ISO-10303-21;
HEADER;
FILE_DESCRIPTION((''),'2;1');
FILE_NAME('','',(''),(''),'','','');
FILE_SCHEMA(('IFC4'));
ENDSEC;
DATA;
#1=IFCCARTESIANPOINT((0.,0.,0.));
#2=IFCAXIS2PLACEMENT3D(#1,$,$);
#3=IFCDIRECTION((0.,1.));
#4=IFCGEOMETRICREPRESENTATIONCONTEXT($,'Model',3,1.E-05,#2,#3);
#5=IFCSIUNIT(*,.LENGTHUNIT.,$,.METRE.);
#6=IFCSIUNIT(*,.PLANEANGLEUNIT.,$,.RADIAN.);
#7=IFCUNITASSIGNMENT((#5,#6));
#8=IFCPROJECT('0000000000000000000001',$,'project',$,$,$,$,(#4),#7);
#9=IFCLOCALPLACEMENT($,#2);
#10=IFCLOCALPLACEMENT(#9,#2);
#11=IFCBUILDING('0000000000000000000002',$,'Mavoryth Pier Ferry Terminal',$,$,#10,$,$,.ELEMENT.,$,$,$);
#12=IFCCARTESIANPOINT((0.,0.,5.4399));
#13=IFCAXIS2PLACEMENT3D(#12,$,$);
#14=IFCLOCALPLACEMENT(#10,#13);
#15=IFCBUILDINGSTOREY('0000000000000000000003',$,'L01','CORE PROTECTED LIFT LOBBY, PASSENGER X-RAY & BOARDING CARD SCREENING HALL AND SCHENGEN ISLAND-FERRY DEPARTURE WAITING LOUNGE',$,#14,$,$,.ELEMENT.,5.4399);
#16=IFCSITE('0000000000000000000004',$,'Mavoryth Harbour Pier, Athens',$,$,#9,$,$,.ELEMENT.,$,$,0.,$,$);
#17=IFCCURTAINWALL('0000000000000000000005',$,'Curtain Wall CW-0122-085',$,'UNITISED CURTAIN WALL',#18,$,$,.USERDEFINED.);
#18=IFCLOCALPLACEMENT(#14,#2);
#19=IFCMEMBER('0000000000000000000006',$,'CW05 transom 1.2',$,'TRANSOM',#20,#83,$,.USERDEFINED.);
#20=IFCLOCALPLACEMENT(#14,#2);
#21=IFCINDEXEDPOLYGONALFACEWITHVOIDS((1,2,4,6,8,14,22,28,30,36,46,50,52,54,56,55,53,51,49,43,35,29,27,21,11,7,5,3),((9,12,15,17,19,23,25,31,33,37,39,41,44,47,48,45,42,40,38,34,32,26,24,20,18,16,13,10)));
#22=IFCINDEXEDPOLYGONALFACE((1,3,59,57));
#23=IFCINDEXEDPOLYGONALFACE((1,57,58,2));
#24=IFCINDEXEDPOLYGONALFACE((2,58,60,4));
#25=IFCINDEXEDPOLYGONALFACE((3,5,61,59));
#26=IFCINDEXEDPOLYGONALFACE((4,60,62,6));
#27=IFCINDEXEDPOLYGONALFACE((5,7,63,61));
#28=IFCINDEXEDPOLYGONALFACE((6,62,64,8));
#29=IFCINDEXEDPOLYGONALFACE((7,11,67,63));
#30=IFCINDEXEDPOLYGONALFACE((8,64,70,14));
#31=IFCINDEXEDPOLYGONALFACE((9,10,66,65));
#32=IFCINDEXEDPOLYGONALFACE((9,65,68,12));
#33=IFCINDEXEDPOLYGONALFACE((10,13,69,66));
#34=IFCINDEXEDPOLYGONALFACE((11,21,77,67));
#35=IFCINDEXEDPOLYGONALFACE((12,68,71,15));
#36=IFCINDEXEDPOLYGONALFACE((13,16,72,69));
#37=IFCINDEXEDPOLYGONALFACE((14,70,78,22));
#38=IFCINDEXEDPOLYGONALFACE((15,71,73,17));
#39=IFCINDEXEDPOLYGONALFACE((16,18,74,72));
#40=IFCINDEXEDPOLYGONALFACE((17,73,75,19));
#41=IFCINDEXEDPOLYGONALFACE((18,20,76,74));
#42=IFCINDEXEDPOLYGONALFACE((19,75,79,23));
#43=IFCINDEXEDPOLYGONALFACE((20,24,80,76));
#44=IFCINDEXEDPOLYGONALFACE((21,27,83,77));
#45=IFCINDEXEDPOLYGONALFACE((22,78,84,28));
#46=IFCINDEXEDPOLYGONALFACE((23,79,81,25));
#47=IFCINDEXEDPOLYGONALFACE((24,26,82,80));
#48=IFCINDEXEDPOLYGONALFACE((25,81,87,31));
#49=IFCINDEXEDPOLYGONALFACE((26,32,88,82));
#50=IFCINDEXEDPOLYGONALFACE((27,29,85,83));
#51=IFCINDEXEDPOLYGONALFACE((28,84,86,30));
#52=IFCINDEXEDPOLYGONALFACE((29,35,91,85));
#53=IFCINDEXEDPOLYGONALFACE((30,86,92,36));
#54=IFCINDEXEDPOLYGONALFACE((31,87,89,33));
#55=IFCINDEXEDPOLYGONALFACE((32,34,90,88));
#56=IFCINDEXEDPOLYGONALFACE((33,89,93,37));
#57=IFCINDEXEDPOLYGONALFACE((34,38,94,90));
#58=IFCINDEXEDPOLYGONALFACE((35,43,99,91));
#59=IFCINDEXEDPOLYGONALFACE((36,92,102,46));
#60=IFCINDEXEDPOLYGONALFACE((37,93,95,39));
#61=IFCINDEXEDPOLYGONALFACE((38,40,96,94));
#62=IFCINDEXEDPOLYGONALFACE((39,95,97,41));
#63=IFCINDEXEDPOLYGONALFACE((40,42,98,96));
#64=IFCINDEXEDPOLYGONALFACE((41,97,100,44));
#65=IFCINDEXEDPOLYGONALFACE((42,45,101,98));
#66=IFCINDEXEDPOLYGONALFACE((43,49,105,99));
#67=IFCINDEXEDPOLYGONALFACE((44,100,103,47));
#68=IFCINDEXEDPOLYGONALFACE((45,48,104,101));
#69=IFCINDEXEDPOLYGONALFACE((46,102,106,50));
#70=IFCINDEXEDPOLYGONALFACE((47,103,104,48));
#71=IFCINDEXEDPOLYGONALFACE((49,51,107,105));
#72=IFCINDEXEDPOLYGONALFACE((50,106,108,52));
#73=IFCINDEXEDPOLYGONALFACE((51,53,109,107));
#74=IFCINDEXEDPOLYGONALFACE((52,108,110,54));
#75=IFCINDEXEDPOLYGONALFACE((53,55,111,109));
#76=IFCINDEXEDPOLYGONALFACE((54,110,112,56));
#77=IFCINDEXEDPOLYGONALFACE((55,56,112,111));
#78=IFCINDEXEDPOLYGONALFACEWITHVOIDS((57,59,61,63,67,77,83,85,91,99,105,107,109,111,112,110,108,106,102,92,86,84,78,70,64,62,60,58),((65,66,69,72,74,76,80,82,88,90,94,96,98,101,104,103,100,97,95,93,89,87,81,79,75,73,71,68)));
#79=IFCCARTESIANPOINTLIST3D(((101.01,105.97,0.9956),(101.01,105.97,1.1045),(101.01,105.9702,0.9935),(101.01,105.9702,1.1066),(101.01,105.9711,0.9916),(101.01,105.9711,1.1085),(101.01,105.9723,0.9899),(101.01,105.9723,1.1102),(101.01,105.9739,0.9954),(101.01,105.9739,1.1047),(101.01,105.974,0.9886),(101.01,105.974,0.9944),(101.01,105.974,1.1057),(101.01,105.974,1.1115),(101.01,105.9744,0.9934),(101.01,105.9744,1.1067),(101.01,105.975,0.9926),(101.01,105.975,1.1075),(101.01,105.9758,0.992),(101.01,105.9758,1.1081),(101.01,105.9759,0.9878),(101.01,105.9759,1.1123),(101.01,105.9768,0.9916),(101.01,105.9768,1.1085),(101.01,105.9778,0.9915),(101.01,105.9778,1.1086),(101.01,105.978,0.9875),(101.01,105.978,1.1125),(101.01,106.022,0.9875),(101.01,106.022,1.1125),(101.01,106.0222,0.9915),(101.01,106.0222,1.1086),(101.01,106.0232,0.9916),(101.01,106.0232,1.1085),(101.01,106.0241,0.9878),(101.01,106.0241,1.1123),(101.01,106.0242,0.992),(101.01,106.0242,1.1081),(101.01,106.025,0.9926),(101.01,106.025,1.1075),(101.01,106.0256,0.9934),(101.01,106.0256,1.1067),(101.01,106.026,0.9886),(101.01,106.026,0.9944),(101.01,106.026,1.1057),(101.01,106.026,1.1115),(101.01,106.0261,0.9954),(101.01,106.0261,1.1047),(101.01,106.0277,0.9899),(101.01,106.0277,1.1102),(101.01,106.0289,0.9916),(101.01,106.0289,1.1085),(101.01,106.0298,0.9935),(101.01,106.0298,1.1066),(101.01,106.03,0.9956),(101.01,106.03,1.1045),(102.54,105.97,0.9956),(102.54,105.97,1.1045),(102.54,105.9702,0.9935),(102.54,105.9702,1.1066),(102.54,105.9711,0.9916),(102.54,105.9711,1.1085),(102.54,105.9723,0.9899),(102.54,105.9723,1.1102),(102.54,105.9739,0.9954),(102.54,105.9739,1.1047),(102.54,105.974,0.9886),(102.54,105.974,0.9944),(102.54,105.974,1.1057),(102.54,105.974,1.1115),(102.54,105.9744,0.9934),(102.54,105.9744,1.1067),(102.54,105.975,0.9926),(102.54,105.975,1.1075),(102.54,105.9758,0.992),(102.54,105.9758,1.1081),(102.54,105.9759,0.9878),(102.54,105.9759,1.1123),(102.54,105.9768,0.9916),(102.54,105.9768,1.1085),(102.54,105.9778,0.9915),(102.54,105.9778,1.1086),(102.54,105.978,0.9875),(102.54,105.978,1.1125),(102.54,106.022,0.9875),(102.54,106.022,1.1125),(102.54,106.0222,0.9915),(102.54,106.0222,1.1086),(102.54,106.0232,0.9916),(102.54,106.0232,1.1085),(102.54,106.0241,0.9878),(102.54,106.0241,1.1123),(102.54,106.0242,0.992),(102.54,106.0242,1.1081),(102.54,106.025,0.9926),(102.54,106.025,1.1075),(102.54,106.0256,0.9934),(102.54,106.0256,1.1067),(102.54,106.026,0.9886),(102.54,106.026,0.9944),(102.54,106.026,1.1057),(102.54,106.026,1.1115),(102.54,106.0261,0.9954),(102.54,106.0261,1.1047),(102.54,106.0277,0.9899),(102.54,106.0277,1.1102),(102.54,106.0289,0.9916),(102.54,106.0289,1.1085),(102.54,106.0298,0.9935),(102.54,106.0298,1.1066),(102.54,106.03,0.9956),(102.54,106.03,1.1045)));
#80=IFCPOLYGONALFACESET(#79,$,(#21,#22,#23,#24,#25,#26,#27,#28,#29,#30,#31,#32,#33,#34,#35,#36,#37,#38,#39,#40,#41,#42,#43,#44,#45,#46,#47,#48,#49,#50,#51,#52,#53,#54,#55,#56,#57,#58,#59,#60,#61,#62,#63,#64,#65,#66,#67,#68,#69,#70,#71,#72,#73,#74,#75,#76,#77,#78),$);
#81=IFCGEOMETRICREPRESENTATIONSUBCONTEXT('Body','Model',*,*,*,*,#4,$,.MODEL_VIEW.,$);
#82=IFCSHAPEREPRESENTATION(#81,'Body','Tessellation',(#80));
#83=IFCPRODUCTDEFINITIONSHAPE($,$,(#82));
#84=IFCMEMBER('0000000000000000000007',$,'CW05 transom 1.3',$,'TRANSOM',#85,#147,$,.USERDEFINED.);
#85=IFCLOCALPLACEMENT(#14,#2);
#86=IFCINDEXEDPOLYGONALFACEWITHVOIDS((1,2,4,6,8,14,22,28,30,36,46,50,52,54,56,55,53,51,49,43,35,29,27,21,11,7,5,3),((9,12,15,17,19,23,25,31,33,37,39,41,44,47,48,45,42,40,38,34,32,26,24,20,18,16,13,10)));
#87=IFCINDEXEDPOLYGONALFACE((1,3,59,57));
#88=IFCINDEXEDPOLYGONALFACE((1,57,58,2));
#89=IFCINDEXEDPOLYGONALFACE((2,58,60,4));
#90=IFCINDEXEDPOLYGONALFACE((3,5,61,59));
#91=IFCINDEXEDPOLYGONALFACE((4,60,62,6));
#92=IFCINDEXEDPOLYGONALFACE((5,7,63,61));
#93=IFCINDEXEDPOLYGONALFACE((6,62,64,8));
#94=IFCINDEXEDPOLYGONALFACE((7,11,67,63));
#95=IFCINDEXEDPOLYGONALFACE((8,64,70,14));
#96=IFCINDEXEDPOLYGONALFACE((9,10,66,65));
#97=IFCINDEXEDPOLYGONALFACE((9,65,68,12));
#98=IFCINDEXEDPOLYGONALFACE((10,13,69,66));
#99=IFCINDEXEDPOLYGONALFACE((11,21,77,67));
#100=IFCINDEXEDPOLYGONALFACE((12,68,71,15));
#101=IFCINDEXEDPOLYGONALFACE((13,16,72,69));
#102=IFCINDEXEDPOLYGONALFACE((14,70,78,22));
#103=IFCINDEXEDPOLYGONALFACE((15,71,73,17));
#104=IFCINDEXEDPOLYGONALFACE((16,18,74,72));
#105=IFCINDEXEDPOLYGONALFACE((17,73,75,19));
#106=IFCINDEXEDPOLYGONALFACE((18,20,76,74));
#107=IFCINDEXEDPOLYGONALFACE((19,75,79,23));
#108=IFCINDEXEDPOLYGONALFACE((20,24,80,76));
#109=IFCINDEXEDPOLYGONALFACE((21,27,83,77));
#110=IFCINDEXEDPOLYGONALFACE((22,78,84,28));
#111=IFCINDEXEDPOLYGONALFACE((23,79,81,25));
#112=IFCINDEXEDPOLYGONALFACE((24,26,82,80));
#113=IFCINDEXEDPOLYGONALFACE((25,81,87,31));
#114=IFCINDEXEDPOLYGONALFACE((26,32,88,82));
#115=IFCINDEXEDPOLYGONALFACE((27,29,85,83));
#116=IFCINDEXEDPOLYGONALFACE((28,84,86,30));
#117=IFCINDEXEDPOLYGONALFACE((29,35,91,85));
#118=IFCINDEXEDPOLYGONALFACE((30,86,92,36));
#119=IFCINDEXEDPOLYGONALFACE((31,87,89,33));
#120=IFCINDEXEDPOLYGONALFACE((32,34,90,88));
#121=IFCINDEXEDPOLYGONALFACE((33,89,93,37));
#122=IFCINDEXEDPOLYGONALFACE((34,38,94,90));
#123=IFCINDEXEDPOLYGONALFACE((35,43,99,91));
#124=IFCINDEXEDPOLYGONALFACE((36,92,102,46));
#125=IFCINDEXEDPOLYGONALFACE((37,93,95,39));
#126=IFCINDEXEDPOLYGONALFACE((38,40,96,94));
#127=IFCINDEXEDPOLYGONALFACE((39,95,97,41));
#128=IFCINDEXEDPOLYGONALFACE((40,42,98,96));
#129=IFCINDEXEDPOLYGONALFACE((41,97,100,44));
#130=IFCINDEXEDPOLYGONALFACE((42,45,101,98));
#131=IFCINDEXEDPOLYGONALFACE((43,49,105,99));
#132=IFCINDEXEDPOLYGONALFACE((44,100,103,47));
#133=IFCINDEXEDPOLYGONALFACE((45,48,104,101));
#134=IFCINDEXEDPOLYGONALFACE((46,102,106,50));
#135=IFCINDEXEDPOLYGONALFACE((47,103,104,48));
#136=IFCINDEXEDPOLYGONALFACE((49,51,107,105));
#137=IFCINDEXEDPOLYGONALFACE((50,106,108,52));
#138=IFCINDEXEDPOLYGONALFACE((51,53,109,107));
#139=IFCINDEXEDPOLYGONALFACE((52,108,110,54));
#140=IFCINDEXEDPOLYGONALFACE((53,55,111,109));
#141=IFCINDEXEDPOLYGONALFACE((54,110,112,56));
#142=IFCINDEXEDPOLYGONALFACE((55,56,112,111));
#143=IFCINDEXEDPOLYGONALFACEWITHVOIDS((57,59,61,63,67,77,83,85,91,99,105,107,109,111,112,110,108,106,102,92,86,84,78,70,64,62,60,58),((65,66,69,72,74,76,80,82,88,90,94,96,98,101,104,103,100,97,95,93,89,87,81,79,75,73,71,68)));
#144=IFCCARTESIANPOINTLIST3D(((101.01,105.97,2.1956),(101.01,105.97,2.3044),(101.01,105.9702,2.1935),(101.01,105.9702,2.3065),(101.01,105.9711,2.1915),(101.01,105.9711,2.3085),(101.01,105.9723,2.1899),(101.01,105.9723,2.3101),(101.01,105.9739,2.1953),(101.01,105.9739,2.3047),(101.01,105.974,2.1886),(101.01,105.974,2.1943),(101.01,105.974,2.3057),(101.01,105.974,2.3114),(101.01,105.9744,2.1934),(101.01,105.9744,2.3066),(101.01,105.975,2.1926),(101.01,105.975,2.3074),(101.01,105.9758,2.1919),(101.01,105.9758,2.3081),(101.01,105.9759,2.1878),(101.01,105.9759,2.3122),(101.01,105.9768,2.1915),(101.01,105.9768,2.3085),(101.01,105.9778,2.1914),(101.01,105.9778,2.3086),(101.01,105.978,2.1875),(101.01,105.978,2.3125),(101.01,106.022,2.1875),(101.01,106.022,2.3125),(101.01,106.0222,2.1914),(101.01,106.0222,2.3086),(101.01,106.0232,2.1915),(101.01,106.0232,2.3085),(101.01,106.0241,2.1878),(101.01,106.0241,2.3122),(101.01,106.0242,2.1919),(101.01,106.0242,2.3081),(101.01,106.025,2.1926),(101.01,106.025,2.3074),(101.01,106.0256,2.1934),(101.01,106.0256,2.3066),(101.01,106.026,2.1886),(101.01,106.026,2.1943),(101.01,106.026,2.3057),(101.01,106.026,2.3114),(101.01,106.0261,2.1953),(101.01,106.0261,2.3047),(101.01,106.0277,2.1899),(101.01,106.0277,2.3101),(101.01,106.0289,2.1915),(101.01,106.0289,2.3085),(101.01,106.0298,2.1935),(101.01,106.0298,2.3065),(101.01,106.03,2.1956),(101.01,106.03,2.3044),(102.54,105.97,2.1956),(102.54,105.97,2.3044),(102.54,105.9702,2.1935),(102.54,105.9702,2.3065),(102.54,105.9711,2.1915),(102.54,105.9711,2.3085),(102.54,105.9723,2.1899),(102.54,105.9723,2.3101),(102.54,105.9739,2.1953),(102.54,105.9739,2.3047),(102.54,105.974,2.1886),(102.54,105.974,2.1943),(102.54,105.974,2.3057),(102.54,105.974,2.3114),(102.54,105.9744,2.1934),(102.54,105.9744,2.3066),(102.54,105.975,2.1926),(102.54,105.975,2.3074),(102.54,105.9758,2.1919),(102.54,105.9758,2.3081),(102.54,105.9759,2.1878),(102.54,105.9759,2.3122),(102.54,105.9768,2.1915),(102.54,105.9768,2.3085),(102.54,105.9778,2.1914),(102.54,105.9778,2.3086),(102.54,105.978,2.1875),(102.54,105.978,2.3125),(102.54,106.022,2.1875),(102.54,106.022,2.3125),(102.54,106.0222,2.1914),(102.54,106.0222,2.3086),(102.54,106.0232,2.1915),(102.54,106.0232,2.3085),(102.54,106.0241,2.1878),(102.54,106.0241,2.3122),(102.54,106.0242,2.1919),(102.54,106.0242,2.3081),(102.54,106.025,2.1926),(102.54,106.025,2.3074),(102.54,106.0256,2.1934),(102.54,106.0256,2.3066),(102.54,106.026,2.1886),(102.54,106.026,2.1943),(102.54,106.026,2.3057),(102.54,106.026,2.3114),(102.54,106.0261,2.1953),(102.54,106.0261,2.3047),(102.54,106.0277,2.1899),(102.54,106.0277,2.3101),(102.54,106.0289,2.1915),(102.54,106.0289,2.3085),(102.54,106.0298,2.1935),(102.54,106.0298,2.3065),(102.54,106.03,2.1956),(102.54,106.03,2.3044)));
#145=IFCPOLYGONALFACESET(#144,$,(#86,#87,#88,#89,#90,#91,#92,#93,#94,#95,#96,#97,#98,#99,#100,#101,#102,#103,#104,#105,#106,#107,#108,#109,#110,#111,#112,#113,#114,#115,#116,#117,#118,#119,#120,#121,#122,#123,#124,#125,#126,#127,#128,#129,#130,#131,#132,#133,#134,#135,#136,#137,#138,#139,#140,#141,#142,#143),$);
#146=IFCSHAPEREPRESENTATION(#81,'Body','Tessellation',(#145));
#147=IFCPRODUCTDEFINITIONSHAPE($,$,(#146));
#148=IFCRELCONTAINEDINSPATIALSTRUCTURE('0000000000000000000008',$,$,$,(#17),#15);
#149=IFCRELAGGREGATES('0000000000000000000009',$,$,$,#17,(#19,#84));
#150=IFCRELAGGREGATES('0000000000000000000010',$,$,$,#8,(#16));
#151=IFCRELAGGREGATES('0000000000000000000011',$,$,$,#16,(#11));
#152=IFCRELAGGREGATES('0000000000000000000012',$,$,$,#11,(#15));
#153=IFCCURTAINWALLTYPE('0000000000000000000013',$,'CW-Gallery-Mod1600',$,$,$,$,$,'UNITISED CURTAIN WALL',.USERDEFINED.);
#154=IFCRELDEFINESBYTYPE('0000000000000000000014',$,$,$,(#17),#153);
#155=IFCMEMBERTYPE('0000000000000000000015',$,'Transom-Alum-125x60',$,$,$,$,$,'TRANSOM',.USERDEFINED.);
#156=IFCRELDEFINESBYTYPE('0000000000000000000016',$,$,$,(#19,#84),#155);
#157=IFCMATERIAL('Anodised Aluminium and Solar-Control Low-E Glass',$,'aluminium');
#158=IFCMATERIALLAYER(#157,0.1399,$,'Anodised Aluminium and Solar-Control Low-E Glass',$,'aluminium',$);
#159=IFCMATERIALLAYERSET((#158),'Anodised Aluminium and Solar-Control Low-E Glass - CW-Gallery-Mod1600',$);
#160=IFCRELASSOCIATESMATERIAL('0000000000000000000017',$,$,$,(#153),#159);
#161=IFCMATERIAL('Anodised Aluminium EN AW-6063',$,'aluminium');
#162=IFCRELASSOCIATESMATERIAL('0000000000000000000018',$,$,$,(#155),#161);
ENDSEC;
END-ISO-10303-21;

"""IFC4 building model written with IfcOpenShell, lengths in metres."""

from ifc_helpers import new_model, si_unit, direction, frame, origin, origin_2d, place, context, subcontext, project, spatial, hollow_rectangle, extrude, material, layer, layer_set, material_profile, profile_set, type_object, element, aggregate, save


model = new_model("IFC4")

# Units and contexts
model_context = context("Model", 3, precision=1e-05, world=origin(), true_north=direction((0.0, 1.0)))
body_context = subcontext(model_context, "Body", "Model", "MODEL_VIEW")
ifc_project = project(units=[si_unit("LENGTHUNIT", "METRE"), si_unit("PLANEANGLEUNIT", "RADIAN")], contexts=[model_context])

# Site, building, storey
site_placement = place(None, origin())
site = spatial("IfcSite", under=ifc_project, at=site_placement, Name="Mavoryth Harbour Pier, Athens", CompositionType="ELEMENT", RefElevation=0.0)
building_placement = place(site_placement, origin())
building = spatial("IfcBuilding", under=site, at=building_placement, Name="Mavoryth Pier Ferry Terminal", CompositionType="ELEMENT")
storey_placement = place(building_placement, frame((0.0, 0.0, 5.4399)))
storey = spatial("IfcBuildingStorey", under=building, at=storey_placement, Name="L01", Description="CORE PROTECTED LIFT LOBBY, PASSENGER X-RAY & BOARDING CARD SCREENING HALL AND SCHENGEN ISLAND-FERRY DEPARTURE WAITING LOUNGE", CompositionType="ELEMENT", Elevation=5.4399)

# Shared definitions
ifc_material_1 = material(Name="Anodised Aluminium and Solar-Control Low-E Glass", Category="aluminium")
ifc_layer_1 = layer(ifc_material_1, 0.1399, Name="Anodised Aluminium and Solar-Control Low-E Glass", Category="aluminium")
ifc_layer_set_1 = layer_set([ifc_layer_1], Name="Anodised Aluminium and Solar-Control Low-E Glass - CW-Gallery-Mod1600")
curtain_wall_type = type_object("IfcCurtainWallType", Name="CW-Gallery-Mod1600", ElementType="UNITISED CURTAIN WALL", PredefinedType="USERDEFINED", material=ifc_layer_set_1)
ifc_material_2 = material(Name="Anodised Aluminium EN AW-6063", Category="aluminium")

# Curtain wall
curtain_wall_1_placement = place(storey_placement, origin())
curtain_wall_1 = element("IfcCurtainWall", 1, at=curtain_wall_1_placement, inside=storey, type_object=curtain_wall_type, Name="Curtain Wall CW-0122-085", ObjectType="UNITISED CURTAIN WALL", PredefinedType="USERDEFINED")

# Members
ifc_material_profile_1 = material_profile(ifc_material_2, hollow_rectangle(XDim=0.0601, YDim=0.125, WallThickness=0.0039, InnerFilletRadius=0.0039, OuterFilletRadius=0.0081, at=origin_2d()), Name="AL-TRAN 125x60x4", Category="aluminium")
ifc_profile_set_1 = profile_set([ifc_material_profile_1], Name="Anodised Aluminium EN AW-6063 - AL-TRAN 125x60x4")
member_type_1 = type_object("IfcMemberType", Name="Transom-Alum-125x60", ElementType="TRANSOM", PredefinedType="USERDEFINED", material=ifc_profile_set_1)
member_1_placement = place(storey_placement, frame((101.01, 106.0, 1.05), z_axis=(1.0, 0.0, 0.0), x_axis=(0.0, 1.0, 0.0)))
member_1 = element("IfcMember", 2, at=member_1_placement, type_object=member_type_1, Name="CW05 transom 1.2", ObjectType="TRANSOM", PredefinedType="USERDEFINED", context=body_context, shape_type="SweptSolid", body=[
    extrude(hollow_rectangle(XDim=0.0601, YDim=0.125, WallThickness=0.0039, InnerFilletRadius=0.0039, OuterFilletRadius=0.0081, at=origin_2d()), origin(), (0.0, 0.0, 1.0), 1.53),
])
member_2_placement = place(storey_placement, frame((101.01, 106.0, 2.25), z_axis=(1.0, 0.0, 0.0), x_axis=(0.0, 1.0, 0.0)))
member_2 = element("IfcMember", 3, at=member_2_placement, type_object=member_type_1, Name="CW05 transom 1.3", ObjectType="TRANSOM", PredefinedType="USERDEFINED", context=body_context, shape_type="SweptSolid", body=[
    extrude(hollow_rectangle(XDim=0.0601, YDim=0.125, WallThickness=0.0039, InnerFilletRadius=0.0039, OuterFilletRadius=0.0081, at=origin_2d()), origin(), (0.0, 0.0, 1.0), 1.53),
])

aggregate(curtain_wall_1, [member_1, member_2])

save(model, "model.ifc")
